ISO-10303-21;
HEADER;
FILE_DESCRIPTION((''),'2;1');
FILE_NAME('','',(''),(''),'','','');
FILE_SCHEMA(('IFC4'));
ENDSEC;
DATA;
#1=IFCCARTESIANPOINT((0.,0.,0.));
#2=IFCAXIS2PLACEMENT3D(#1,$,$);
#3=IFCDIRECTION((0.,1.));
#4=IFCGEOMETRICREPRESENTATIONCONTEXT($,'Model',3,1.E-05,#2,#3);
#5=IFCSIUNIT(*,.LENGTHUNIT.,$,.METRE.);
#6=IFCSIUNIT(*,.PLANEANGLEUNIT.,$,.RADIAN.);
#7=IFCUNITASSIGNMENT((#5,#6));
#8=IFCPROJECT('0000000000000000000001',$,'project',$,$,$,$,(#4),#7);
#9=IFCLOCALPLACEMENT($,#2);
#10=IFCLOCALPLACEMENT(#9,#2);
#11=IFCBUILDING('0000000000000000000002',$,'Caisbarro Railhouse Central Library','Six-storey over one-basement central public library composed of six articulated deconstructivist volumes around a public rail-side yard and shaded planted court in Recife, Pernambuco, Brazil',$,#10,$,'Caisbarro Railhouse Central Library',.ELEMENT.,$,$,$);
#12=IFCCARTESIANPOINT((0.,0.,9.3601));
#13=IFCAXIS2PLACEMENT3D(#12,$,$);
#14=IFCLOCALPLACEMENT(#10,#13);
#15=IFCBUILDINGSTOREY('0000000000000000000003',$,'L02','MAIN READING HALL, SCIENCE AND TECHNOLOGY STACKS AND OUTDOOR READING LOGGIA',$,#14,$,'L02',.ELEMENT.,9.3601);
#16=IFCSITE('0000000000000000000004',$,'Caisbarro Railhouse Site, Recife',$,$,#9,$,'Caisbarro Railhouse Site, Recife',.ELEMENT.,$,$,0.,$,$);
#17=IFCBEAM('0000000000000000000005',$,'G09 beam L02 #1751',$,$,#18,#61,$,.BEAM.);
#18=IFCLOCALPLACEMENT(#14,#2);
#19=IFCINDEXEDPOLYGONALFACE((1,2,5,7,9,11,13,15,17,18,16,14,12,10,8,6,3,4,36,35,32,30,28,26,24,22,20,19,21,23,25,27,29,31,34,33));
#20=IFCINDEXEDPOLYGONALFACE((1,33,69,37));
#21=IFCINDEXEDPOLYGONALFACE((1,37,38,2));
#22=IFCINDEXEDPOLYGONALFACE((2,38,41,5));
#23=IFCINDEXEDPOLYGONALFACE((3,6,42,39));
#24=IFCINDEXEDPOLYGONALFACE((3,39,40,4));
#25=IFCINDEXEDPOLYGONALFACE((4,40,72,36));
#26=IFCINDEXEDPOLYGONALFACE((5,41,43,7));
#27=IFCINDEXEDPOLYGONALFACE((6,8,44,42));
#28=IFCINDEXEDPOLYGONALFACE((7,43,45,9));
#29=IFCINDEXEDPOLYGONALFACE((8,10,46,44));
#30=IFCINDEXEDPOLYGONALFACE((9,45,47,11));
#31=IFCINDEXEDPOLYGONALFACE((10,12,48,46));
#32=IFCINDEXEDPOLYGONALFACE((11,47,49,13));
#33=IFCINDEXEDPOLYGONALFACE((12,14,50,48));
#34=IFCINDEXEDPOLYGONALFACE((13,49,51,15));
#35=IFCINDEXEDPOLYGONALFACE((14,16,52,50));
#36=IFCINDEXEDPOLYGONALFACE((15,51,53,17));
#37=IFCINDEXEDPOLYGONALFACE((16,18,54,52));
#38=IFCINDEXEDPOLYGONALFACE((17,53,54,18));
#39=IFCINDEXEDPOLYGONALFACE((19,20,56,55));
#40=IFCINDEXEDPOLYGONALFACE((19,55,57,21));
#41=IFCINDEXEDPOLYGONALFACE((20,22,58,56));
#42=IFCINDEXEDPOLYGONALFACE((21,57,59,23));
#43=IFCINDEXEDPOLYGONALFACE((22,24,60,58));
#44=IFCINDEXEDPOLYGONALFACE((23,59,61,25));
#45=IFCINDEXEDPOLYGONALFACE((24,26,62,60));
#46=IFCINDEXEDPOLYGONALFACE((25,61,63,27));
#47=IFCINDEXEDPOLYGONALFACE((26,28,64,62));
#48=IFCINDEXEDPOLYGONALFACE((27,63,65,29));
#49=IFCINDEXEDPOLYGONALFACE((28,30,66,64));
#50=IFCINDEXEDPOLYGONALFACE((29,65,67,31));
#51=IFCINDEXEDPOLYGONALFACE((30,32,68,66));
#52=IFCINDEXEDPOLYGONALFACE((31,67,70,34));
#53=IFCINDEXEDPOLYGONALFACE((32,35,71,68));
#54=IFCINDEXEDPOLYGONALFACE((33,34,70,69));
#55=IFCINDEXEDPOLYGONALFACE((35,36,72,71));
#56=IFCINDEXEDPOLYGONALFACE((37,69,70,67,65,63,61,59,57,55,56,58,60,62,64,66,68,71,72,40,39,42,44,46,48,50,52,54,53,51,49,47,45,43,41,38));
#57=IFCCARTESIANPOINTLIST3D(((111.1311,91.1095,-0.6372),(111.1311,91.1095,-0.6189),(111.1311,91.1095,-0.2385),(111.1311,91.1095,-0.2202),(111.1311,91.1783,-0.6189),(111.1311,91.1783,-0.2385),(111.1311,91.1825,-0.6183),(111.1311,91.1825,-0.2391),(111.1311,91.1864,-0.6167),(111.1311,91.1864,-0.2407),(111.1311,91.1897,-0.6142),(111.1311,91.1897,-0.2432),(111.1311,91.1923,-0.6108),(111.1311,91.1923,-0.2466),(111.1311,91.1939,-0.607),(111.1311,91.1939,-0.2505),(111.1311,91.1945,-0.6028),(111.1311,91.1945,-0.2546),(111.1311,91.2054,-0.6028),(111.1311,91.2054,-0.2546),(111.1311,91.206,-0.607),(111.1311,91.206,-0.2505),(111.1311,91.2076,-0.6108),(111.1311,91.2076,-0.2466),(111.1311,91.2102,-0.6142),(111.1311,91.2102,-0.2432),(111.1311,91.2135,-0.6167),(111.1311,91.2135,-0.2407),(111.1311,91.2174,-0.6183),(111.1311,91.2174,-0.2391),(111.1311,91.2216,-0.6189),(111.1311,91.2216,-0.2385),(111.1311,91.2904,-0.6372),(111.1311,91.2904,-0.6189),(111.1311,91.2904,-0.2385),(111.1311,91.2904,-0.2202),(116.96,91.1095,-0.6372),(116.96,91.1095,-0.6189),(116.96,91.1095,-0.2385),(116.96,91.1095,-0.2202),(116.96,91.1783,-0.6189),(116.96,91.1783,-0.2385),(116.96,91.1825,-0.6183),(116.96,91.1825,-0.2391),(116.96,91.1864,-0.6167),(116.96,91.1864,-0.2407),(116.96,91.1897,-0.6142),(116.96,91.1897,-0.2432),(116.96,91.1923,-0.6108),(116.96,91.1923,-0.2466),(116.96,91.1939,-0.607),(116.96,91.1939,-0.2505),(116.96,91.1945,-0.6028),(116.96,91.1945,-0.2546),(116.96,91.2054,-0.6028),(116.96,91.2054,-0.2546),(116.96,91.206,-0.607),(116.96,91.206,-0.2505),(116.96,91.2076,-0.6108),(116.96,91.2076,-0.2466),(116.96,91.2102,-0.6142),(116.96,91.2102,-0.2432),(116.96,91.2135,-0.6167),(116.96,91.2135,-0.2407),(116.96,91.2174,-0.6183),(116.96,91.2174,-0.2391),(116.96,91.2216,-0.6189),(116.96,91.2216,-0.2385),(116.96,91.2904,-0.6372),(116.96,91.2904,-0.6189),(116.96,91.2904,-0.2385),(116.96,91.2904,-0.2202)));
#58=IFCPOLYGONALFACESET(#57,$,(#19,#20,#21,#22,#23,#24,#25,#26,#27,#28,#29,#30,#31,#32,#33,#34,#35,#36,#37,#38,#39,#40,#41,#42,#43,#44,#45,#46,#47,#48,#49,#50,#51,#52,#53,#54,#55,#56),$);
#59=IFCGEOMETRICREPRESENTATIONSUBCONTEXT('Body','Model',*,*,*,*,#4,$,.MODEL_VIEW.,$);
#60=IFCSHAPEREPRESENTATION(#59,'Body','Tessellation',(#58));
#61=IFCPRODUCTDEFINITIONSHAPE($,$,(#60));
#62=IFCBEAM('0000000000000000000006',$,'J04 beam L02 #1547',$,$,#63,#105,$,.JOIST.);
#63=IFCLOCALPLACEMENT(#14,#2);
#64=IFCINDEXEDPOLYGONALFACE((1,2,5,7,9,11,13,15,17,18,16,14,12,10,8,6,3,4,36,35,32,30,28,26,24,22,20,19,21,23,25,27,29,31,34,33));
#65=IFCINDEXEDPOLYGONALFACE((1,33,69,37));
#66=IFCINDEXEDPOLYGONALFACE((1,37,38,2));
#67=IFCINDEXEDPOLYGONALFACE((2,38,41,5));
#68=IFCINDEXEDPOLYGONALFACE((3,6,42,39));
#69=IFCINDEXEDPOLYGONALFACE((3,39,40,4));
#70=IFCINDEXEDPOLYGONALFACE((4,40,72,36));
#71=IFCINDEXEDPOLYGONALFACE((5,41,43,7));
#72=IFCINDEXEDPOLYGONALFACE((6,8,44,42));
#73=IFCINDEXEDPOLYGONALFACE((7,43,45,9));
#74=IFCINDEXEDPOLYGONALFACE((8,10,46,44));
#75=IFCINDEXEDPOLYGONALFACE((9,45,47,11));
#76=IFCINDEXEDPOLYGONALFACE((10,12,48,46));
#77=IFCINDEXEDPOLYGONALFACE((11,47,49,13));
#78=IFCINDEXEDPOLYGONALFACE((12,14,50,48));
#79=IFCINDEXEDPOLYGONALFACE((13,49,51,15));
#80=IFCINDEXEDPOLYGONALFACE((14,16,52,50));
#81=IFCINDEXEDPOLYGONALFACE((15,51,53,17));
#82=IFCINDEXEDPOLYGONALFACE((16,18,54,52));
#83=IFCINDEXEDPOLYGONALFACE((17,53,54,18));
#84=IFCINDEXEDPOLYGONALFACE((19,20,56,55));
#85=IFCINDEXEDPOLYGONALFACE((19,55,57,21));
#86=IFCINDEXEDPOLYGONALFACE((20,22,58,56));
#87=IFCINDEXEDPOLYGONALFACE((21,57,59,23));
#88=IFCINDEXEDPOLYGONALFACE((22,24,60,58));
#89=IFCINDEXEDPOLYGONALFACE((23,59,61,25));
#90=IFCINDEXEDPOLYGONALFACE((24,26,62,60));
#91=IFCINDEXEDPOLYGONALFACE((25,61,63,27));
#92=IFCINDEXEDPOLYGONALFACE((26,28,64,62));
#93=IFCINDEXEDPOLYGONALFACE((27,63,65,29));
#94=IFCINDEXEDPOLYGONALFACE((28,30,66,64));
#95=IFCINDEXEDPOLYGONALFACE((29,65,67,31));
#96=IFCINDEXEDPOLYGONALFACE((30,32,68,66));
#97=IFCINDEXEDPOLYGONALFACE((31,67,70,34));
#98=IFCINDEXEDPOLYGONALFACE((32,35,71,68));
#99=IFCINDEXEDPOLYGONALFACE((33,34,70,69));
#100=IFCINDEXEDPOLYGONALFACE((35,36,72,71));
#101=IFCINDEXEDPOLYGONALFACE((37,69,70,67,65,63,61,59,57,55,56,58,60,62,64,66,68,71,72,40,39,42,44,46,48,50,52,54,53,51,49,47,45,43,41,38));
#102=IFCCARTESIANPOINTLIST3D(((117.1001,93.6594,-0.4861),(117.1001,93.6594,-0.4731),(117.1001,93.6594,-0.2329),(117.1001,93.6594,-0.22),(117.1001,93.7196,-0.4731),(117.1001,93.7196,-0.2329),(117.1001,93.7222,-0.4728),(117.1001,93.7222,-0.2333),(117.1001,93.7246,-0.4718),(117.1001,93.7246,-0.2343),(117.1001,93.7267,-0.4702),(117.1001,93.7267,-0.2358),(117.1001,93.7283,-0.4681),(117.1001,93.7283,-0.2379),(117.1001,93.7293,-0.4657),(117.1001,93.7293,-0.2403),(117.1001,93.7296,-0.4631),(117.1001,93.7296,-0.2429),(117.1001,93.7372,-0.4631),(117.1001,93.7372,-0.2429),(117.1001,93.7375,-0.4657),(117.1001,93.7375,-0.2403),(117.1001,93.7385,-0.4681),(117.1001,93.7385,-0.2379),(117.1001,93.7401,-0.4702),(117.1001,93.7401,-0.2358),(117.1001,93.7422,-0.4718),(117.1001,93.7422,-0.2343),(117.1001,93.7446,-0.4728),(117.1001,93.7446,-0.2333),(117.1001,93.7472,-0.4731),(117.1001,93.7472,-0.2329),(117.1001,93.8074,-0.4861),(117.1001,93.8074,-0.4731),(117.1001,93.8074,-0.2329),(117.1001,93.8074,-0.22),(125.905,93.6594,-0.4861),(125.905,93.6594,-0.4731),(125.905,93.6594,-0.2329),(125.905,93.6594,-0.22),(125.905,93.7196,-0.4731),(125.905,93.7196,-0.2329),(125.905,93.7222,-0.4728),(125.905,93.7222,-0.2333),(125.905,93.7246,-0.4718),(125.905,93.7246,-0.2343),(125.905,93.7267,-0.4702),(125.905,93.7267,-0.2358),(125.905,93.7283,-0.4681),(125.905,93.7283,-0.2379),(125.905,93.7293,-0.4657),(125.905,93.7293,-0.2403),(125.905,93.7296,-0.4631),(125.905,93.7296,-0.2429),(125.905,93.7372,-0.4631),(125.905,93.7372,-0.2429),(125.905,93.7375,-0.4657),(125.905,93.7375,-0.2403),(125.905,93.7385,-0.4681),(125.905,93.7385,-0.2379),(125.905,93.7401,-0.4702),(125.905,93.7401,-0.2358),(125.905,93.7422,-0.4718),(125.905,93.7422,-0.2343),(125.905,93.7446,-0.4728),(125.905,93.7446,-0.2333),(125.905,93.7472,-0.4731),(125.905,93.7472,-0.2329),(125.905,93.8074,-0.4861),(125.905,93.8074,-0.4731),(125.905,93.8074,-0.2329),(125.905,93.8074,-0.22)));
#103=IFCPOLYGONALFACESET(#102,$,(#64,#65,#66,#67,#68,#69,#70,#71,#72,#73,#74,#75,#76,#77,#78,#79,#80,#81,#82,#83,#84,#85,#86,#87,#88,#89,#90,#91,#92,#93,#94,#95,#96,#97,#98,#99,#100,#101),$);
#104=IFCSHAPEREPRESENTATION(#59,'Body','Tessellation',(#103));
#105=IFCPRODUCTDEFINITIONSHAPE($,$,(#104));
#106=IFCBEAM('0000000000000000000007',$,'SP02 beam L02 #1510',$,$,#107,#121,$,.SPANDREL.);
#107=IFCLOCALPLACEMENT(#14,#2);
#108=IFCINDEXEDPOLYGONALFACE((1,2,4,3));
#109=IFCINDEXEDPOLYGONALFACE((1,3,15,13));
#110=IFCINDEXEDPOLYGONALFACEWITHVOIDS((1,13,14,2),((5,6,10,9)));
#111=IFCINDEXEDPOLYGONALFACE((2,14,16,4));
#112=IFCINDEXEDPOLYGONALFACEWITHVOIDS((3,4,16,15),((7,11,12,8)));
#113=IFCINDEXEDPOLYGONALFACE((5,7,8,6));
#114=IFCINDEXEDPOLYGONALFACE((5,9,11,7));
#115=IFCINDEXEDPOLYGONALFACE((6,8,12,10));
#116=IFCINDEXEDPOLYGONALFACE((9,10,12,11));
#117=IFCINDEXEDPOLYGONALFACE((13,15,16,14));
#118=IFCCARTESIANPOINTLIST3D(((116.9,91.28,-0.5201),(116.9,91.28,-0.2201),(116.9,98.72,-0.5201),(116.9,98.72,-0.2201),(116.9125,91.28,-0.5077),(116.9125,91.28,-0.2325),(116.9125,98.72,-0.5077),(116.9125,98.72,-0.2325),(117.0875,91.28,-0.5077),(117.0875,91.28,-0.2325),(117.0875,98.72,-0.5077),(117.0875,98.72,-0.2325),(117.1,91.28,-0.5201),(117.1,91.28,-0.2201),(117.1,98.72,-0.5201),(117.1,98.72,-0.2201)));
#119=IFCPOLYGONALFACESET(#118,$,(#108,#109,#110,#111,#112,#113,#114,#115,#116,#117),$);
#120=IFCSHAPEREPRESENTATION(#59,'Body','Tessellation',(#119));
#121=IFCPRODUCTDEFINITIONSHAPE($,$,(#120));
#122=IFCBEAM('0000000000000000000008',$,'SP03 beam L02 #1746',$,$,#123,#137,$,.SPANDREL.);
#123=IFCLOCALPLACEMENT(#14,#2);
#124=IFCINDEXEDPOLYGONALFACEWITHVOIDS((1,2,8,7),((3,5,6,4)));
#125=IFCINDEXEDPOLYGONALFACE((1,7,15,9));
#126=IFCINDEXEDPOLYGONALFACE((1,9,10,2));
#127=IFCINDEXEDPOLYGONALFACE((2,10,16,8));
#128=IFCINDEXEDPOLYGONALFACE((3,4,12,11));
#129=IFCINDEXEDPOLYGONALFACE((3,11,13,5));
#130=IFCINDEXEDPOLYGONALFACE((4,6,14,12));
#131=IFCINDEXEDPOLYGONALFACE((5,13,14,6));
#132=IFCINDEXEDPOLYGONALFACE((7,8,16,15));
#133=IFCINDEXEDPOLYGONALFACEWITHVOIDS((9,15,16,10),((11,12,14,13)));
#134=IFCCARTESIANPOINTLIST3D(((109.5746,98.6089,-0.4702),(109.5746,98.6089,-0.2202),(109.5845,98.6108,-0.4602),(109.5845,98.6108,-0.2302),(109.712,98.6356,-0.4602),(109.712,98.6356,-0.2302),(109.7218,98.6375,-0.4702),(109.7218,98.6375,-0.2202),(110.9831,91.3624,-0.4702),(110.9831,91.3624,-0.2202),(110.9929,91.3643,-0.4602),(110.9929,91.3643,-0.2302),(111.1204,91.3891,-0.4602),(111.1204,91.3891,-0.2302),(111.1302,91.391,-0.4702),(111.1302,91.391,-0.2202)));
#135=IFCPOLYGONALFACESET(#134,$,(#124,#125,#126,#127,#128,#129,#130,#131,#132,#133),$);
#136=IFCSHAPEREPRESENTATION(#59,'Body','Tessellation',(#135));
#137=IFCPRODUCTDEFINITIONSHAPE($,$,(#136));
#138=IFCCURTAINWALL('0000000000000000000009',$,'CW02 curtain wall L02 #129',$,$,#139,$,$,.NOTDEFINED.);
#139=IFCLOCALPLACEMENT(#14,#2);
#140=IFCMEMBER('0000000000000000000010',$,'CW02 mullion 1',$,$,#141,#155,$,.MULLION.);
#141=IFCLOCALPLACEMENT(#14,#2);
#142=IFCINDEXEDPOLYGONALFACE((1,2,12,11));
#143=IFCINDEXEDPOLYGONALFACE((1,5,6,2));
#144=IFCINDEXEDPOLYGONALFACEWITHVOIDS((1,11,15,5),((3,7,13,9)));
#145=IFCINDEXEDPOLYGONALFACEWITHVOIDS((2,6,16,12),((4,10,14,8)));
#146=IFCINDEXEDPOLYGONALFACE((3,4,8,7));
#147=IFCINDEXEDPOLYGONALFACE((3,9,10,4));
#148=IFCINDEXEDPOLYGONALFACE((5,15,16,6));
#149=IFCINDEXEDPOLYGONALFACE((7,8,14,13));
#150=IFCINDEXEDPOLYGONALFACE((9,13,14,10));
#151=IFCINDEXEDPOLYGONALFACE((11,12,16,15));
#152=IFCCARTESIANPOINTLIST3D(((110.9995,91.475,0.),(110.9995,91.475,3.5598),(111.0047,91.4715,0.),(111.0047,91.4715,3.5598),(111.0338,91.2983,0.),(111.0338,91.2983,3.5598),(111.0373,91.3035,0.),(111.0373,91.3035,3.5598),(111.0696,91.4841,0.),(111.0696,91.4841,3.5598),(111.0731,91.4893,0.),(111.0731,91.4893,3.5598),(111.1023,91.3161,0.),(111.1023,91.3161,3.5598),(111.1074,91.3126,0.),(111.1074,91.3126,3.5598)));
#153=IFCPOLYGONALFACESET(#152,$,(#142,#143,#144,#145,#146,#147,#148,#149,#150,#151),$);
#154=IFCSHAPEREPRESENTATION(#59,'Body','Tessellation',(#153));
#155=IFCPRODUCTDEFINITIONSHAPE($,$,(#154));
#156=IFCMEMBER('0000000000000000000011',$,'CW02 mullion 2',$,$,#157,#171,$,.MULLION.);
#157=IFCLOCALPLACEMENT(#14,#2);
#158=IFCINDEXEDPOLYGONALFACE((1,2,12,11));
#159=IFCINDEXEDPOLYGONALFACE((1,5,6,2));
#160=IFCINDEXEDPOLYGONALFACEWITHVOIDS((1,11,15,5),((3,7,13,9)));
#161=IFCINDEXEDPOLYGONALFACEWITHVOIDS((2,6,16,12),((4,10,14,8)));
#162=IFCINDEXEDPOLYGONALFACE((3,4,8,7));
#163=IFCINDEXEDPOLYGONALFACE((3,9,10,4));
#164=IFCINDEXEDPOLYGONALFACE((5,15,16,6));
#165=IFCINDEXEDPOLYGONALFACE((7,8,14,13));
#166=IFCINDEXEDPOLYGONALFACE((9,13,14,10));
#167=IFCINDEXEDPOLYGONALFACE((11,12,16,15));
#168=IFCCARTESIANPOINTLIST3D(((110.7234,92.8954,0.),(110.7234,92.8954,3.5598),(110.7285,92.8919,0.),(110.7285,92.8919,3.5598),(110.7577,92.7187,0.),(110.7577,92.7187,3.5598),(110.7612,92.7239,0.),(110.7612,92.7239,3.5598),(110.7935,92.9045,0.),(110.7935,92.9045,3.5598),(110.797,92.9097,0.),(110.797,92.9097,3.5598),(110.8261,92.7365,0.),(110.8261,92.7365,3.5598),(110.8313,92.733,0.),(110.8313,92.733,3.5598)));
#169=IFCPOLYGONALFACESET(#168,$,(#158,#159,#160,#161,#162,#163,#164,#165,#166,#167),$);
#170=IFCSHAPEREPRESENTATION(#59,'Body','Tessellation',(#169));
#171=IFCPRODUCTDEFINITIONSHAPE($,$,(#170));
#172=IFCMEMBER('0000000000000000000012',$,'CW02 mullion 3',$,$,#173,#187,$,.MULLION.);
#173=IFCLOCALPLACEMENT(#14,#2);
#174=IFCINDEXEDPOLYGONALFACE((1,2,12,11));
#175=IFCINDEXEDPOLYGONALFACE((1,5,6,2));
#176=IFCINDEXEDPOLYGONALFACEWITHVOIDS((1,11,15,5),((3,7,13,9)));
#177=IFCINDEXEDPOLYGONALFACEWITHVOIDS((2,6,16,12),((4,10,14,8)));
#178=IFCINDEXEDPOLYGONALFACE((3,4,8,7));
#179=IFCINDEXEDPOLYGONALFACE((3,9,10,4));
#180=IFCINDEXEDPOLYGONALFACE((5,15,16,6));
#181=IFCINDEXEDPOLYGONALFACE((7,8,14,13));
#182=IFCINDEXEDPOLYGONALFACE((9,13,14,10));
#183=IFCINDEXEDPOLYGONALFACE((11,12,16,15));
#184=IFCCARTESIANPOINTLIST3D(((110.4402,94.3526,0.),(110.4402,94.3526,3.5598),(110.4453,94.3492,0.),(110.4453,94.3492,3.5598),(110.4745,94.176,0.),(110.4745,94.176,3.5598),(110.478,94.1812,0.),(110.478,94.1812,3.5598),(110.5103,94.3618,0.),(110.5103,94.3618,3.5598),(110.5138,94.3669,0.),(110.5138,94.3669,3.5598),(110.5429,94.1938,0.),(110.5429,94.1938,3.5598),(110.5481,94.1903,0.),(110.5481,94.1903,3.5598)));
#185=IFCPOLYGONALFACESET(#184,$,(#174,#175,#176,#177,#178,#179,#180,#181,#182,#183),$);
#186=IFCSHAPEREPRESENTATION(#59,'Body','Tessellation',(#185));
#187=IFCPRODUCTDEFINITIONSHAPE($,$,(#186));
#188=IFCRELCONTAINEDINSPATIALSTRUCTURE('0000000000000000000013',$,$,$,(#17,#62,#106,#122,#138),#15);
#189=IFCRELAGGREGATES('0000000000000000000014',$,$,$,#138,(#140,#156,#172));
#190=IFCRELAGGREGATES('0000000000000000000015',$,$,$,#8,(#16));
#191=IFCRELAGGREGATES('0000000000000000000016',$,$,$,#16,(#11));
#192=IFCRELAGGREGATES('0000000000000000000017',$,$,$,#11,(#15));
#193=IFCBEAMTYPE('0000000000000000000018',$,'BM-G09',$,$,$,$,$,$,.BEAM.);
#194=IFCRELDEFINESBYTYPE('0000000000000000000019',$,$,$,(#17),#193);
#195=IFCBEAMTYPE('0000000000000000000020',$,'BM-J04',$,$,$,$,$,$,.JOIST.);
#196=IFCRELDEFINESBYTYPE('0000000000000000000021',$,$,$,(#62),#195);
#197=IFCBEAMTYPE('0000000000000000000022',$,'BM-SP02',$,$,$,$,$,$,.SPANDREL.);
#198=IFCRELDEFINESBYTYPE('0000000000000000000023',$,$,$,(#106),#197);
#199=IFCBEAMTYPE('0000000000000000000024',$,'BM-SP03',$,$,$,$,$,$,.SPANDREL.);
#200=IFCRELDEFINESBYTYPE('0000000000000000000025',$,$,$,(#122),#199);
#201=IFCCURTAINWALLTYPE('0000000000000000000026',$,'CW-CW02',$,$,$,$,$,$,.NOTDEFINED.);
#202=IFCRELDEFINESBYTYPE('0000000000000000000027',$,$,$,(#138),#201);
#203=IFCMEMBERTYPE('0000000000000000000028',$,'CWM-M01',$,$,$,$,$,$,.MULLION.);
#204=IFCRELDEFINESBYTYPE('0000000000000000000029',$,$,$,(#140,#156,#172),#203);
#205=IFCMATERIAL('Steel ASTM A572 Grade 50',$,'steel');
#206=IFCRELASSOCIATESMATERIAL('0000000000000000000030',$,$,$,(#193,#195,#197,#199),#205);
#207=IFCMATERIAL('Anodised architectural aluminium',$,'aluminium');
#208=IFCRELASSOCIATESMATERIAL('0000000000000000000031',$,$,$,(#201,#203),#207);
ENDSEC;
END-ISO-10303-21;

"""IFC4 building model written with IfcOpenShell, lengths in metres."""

from ifc_helpers import new_model, si_unit, direction, frame, origin, origin_2d, place, context, subcontext, project, spatial, hollow_rectangle, i_section, extrude, material, material_profile, profile_set, type_object, element, aggregate, save


model = new_model("IFC4")

# Units and contexts
model_context = context("Model", 3, precision=1e-05, world=origin(), true_north=direction((0.0, 1.0)))
body_context = subcontext(model_context, "Body", "Model", "MODEL_VIEW")
ifc_project = project(units=[si_unit("LENGTHUNIT", "METRE"), si_unit("PLANEANGLEUNIT", "RADIAN")], contexts=[model_context])

# Site, building, storey
site_placement = place(None, origin())
site = spatial("IfcSite", under=ifc_project, at=site_placement, Name="Caisbarro Railhouse Site, Recife", LongName="Caisbarro Railhouse Site, Recife", CompositionType="ELEMENT", RefElevation=0.0)
building_placement = place(site_placement, origin())
building = spatial("IfcBuilding", under=site, at=building_placement, Name="Caisbarro Railhouse Central Library", Description="Six-storey over one-basement central public library composed of six articulated deconstructivist volumes around a public rail-side yard and shaded planted court in Recife, Pernambuco, Brazil", LongName="Caisbarro Railhouse Central Library", CompositionType="ELEMENT")
storey_placement = place(building_placement, frame((0.0, 0.0, 9.3601)))
storey = spatial("IfcBuildingStorey", under=building, at=storey_placement, Name="L02", Description="MAIN READING HALL, SCIENCE AND TECHNOLOGY STACKS AND OUTDOOR READING LOGGIA", LongName="L02", CompositionType="ELEMENT", Elevation=9.3601)

# Shared definitions
ifc_material_1 = material(Name="Steel ASTM A572 Grade 50", Category="steel")

# Beams
ifc_material_profile_1 = material_profile(ifc_material_1, i_section(OverallWidth=0.1809, OverallDepth=0.417, WebThickness=0.011, FlangeThickness=0.0183, FilletRadius=0.0161, at=origin_2d()), Name="W410X85.0")
ifc_profile_set_1 = profile_set([ifc_material_profile_1], Name="Steel ASTM A572 Grade 50")
beam_type_1 = type_object("IfcBeamType", Name="BM-G09", PredefinedType="BEAM", material=ifc_profile_set_1)
beam_1_placement = place(storey_placement, frame((111.1311, 91.2, -0.4287), z_axis=(1.0, 0.0, 0.0), x_axis=(0.0, 1.0, 0.0)))
element("IfcBeam", 1, at=beam_1_placement, inside=storey, type_object=beam_type_1, Name="G09 beam L02 #1751", PredefinedType="BEAM", context=body_context, shape_type="SweptSolid", body=[
    extrude(i_section(OverallWidth=0.1809, OverallDepth=0.417, WebThickness=0.011, FlangeThickness=0.0183, FilletRadius=0.0161, at=origin_2d()), origin(), (0.0, 0.0, 1.0), 5.8289),
])
ifc_material_profile_2 = material_profile(ifc_material_1, i_section(OverallWidth=0.1479, OverallDepth=0.2661, WebThickness=0.0076, FlangeThickness=0.0129, FilletRadius=0.01, at=origin_2d()), Name="W250X44.8")
ifc_profile_set_2 = profile_set([ifc_material_profile_2], Name="Steel ASTM A572 Grade 50")
beam_type_2 = type_object("IfcBeamType", Name="BM-J04", PredefinedType="JOIST", material=ifc_profile_set_2)
beam_2_placement = place(storey_placement, frame((117.1001, 93.7334, -0.353), z_axis=(1.0, 0.0, 0.0), x_axis=(0.0, 1.0, 0.0)))
element("IfcBeam", 2, at=beam_2_placement, inside=storey, type_object=beam_type_2, Name="J04 beam L02 #1547", PredefinedType="JOIST", context=body_context, shape_type="SweptSolid", body=[
    extrude(i_section(OverallWidth=0.1479, OverallDepth=0.2661, WebThickness=0.0076, FlangeThickness=0.0129, FilletRadius=0.01, at=origin_2d()), origin(), (0.0, 0.0, 1.0), 8.8049),
])
ifc_material_profile_3 = material_profile(ifc_material_1, hollow_rectangle(XDim=0.2, YDim=0.3, WallThickness=0.0125, at=origin_2d()), Name="HSS300X200X12.5")
ifc_profile_set_3 = profile_set([ifc_material_profile_3], Name="Steel ASTM A572 Grade 50")
beam_type_3 = type_object("IfcBeamType", Name="BM-SP02", PredefinedType="SPANDREL", material=ifc_profile_set_3)
beam_3_placement = place(storey_placement, frame((117.0, 91.28, -0.3701), z_axis=(0.0, 1.0, 0.0), x_axis=(-1.0, 0.0, 0.0)))
element("IfcBeam", 3, at=beam_3_placement, inside=storey, type_object=beam_type_3, Name="SP02 beam L02 #1510", PredefinedType="SPANDREL", context=body_context, shape_type="SweptSolid", body=[
    extrude(hollow_rectangle(XDim=0.2, YDim=0.3, WallThickness=0.0125, at=origin_2d()), origin(), (0.0, 0.0, 1.0), 7.4399),
])
ifc_material_profile_4 = material_profile(ifc_material_1, hollow_rectangle(XDim=0.1499, YDim=0.25, WallThickness=0.01, at=origin_2d()), Name="HSS250X150X10")
ifc_profile_set_4 = profile_set([ifc_material_profile_4], Name="Steel ASTM A572 Grade 50")
beam_type_4 = type_object("IfcBeamType", Name="BM-SP03", PredefinedType="SPANDREL", material=ifc_profile_set_4)
beam_4_placement = place(storey_placement, frame((111.0566, 91.3767, -0.3452), z_axis=(-0.19079, 0.981631, 0.0), x_axis=(-0.981631, -0.19079, 0.0)))
element("IfcBeam", 4, at=beam_4_placement, inside=storey, type_object=beam_type_4, Name="SP03 beam L02 #1746", PredefinedType="SPANDREL", context=body_context, shape_type="SweptSolid", body=[
    extrude(hollow_rectangle(XDim=0.1499, YDim=0.25, WallThickness=0.01, at=origin_2d()), origin(), (0.0, 0.0, 1.0), 7.3821),
])

# Curtain wall, members
ifc_material_2 = material(Name="Anodised architectural aluminium", Category="aluminium")
curtain_wall_type_1 = type_object("IfcCurtainWallType", Name="CW-CW02", PredefinedType="NOTDEFINED", material=ifc_material_2)
curtain_wall_1_placement = place(storey_placement, origin())
curtain_wall_1 = element("IfcCurtainWall", 5, at=curtain_wall_1_placement, inside=storey, type_object=curtain_wall_type_1, Name="CW02 curtain wall L02 #129", PredefinedType="NOTDEFINED")
ifc_material_profile_5 = material_profile(ifc_material_2, hollow_rectangle(XDim=0.075, YDim=0.1799, WallThickness=0.0044, at=origin_2d()), Name="ALU-MUL-75X180")
ifc_profile_set_5 = profile_set([ifc_material_profile_5], Name="Anodised architectural aluminium")
member_type_1 = type_object("IfcMemberType", Name="CWM-M01", PredefinedType="MULLION", material=ifc_profile_set_5)
member_1_placement = place(storey_placement, frame((111.0535, 91.3938, 0.0), z_axis=(0.0, 0.0, 1.0), x_axis=(-0.981633, -0.190781, 0.0)))
member_1 = element("IfcMember", 6, at=member_1_placement, type_object=member_type_1, Name="CW02 mullion 1", PredefinedType="MULLION", context=body_context, shape_type="SweptSolid", body=[
    extrude(hollow_rectangle(XDim=0.075, YDim=0.1799, WallThickness=0.0044, at=origin_2d()), origin(), (0.0, 0.0, 1.0), 3.5598),
])
member_2_placement = place(storey_placement, frame((110.7773, 92.8142, 0.0), z_axis=(0.0, 0.0, 1.0), x_axis=(-0.981633, -0.190781, 0.0)))
member_2 = element("IfcMember", 7, at=member_2_placement, type_object=member_type_1, Name="CW02 mullion 2", PredefinedType="MULLION", context=body_context, shape_type="SweptSolid", body=[
    extrude(hollow_rectangle(XDim=0.075, YDim=0.1799, WallThickness=0.0044, at=origin_2d()), origin(), (0.0, 0.0, 1.0), 3.5598),
])
member_3_placement = place(storey_placement, frame((110.4941, 94.2715, 0.0), z_axis=(0.0, 0.0, 1.0), x_axis=(-0.981633, -0.190781, 0.0)))
member_3 = element("IfcMember", 8, at=member_3_placement, type_object=member_type_1, Name="CW02 mullion 3", PredefinedType="MULLION", context=body_context, shape_type="SweptSolid", body=[
    extrude(hollow_rectangle(XDim=0.075, YDim=0.1799, WallThickness=0.0044, at=origin_2d()), origin(), (0.0, 0.0, 1.0), 3.5598),
])

aggregate(curtain_wall_1, [member_1, member_2, member_3])

save(model, "model.ifc")
